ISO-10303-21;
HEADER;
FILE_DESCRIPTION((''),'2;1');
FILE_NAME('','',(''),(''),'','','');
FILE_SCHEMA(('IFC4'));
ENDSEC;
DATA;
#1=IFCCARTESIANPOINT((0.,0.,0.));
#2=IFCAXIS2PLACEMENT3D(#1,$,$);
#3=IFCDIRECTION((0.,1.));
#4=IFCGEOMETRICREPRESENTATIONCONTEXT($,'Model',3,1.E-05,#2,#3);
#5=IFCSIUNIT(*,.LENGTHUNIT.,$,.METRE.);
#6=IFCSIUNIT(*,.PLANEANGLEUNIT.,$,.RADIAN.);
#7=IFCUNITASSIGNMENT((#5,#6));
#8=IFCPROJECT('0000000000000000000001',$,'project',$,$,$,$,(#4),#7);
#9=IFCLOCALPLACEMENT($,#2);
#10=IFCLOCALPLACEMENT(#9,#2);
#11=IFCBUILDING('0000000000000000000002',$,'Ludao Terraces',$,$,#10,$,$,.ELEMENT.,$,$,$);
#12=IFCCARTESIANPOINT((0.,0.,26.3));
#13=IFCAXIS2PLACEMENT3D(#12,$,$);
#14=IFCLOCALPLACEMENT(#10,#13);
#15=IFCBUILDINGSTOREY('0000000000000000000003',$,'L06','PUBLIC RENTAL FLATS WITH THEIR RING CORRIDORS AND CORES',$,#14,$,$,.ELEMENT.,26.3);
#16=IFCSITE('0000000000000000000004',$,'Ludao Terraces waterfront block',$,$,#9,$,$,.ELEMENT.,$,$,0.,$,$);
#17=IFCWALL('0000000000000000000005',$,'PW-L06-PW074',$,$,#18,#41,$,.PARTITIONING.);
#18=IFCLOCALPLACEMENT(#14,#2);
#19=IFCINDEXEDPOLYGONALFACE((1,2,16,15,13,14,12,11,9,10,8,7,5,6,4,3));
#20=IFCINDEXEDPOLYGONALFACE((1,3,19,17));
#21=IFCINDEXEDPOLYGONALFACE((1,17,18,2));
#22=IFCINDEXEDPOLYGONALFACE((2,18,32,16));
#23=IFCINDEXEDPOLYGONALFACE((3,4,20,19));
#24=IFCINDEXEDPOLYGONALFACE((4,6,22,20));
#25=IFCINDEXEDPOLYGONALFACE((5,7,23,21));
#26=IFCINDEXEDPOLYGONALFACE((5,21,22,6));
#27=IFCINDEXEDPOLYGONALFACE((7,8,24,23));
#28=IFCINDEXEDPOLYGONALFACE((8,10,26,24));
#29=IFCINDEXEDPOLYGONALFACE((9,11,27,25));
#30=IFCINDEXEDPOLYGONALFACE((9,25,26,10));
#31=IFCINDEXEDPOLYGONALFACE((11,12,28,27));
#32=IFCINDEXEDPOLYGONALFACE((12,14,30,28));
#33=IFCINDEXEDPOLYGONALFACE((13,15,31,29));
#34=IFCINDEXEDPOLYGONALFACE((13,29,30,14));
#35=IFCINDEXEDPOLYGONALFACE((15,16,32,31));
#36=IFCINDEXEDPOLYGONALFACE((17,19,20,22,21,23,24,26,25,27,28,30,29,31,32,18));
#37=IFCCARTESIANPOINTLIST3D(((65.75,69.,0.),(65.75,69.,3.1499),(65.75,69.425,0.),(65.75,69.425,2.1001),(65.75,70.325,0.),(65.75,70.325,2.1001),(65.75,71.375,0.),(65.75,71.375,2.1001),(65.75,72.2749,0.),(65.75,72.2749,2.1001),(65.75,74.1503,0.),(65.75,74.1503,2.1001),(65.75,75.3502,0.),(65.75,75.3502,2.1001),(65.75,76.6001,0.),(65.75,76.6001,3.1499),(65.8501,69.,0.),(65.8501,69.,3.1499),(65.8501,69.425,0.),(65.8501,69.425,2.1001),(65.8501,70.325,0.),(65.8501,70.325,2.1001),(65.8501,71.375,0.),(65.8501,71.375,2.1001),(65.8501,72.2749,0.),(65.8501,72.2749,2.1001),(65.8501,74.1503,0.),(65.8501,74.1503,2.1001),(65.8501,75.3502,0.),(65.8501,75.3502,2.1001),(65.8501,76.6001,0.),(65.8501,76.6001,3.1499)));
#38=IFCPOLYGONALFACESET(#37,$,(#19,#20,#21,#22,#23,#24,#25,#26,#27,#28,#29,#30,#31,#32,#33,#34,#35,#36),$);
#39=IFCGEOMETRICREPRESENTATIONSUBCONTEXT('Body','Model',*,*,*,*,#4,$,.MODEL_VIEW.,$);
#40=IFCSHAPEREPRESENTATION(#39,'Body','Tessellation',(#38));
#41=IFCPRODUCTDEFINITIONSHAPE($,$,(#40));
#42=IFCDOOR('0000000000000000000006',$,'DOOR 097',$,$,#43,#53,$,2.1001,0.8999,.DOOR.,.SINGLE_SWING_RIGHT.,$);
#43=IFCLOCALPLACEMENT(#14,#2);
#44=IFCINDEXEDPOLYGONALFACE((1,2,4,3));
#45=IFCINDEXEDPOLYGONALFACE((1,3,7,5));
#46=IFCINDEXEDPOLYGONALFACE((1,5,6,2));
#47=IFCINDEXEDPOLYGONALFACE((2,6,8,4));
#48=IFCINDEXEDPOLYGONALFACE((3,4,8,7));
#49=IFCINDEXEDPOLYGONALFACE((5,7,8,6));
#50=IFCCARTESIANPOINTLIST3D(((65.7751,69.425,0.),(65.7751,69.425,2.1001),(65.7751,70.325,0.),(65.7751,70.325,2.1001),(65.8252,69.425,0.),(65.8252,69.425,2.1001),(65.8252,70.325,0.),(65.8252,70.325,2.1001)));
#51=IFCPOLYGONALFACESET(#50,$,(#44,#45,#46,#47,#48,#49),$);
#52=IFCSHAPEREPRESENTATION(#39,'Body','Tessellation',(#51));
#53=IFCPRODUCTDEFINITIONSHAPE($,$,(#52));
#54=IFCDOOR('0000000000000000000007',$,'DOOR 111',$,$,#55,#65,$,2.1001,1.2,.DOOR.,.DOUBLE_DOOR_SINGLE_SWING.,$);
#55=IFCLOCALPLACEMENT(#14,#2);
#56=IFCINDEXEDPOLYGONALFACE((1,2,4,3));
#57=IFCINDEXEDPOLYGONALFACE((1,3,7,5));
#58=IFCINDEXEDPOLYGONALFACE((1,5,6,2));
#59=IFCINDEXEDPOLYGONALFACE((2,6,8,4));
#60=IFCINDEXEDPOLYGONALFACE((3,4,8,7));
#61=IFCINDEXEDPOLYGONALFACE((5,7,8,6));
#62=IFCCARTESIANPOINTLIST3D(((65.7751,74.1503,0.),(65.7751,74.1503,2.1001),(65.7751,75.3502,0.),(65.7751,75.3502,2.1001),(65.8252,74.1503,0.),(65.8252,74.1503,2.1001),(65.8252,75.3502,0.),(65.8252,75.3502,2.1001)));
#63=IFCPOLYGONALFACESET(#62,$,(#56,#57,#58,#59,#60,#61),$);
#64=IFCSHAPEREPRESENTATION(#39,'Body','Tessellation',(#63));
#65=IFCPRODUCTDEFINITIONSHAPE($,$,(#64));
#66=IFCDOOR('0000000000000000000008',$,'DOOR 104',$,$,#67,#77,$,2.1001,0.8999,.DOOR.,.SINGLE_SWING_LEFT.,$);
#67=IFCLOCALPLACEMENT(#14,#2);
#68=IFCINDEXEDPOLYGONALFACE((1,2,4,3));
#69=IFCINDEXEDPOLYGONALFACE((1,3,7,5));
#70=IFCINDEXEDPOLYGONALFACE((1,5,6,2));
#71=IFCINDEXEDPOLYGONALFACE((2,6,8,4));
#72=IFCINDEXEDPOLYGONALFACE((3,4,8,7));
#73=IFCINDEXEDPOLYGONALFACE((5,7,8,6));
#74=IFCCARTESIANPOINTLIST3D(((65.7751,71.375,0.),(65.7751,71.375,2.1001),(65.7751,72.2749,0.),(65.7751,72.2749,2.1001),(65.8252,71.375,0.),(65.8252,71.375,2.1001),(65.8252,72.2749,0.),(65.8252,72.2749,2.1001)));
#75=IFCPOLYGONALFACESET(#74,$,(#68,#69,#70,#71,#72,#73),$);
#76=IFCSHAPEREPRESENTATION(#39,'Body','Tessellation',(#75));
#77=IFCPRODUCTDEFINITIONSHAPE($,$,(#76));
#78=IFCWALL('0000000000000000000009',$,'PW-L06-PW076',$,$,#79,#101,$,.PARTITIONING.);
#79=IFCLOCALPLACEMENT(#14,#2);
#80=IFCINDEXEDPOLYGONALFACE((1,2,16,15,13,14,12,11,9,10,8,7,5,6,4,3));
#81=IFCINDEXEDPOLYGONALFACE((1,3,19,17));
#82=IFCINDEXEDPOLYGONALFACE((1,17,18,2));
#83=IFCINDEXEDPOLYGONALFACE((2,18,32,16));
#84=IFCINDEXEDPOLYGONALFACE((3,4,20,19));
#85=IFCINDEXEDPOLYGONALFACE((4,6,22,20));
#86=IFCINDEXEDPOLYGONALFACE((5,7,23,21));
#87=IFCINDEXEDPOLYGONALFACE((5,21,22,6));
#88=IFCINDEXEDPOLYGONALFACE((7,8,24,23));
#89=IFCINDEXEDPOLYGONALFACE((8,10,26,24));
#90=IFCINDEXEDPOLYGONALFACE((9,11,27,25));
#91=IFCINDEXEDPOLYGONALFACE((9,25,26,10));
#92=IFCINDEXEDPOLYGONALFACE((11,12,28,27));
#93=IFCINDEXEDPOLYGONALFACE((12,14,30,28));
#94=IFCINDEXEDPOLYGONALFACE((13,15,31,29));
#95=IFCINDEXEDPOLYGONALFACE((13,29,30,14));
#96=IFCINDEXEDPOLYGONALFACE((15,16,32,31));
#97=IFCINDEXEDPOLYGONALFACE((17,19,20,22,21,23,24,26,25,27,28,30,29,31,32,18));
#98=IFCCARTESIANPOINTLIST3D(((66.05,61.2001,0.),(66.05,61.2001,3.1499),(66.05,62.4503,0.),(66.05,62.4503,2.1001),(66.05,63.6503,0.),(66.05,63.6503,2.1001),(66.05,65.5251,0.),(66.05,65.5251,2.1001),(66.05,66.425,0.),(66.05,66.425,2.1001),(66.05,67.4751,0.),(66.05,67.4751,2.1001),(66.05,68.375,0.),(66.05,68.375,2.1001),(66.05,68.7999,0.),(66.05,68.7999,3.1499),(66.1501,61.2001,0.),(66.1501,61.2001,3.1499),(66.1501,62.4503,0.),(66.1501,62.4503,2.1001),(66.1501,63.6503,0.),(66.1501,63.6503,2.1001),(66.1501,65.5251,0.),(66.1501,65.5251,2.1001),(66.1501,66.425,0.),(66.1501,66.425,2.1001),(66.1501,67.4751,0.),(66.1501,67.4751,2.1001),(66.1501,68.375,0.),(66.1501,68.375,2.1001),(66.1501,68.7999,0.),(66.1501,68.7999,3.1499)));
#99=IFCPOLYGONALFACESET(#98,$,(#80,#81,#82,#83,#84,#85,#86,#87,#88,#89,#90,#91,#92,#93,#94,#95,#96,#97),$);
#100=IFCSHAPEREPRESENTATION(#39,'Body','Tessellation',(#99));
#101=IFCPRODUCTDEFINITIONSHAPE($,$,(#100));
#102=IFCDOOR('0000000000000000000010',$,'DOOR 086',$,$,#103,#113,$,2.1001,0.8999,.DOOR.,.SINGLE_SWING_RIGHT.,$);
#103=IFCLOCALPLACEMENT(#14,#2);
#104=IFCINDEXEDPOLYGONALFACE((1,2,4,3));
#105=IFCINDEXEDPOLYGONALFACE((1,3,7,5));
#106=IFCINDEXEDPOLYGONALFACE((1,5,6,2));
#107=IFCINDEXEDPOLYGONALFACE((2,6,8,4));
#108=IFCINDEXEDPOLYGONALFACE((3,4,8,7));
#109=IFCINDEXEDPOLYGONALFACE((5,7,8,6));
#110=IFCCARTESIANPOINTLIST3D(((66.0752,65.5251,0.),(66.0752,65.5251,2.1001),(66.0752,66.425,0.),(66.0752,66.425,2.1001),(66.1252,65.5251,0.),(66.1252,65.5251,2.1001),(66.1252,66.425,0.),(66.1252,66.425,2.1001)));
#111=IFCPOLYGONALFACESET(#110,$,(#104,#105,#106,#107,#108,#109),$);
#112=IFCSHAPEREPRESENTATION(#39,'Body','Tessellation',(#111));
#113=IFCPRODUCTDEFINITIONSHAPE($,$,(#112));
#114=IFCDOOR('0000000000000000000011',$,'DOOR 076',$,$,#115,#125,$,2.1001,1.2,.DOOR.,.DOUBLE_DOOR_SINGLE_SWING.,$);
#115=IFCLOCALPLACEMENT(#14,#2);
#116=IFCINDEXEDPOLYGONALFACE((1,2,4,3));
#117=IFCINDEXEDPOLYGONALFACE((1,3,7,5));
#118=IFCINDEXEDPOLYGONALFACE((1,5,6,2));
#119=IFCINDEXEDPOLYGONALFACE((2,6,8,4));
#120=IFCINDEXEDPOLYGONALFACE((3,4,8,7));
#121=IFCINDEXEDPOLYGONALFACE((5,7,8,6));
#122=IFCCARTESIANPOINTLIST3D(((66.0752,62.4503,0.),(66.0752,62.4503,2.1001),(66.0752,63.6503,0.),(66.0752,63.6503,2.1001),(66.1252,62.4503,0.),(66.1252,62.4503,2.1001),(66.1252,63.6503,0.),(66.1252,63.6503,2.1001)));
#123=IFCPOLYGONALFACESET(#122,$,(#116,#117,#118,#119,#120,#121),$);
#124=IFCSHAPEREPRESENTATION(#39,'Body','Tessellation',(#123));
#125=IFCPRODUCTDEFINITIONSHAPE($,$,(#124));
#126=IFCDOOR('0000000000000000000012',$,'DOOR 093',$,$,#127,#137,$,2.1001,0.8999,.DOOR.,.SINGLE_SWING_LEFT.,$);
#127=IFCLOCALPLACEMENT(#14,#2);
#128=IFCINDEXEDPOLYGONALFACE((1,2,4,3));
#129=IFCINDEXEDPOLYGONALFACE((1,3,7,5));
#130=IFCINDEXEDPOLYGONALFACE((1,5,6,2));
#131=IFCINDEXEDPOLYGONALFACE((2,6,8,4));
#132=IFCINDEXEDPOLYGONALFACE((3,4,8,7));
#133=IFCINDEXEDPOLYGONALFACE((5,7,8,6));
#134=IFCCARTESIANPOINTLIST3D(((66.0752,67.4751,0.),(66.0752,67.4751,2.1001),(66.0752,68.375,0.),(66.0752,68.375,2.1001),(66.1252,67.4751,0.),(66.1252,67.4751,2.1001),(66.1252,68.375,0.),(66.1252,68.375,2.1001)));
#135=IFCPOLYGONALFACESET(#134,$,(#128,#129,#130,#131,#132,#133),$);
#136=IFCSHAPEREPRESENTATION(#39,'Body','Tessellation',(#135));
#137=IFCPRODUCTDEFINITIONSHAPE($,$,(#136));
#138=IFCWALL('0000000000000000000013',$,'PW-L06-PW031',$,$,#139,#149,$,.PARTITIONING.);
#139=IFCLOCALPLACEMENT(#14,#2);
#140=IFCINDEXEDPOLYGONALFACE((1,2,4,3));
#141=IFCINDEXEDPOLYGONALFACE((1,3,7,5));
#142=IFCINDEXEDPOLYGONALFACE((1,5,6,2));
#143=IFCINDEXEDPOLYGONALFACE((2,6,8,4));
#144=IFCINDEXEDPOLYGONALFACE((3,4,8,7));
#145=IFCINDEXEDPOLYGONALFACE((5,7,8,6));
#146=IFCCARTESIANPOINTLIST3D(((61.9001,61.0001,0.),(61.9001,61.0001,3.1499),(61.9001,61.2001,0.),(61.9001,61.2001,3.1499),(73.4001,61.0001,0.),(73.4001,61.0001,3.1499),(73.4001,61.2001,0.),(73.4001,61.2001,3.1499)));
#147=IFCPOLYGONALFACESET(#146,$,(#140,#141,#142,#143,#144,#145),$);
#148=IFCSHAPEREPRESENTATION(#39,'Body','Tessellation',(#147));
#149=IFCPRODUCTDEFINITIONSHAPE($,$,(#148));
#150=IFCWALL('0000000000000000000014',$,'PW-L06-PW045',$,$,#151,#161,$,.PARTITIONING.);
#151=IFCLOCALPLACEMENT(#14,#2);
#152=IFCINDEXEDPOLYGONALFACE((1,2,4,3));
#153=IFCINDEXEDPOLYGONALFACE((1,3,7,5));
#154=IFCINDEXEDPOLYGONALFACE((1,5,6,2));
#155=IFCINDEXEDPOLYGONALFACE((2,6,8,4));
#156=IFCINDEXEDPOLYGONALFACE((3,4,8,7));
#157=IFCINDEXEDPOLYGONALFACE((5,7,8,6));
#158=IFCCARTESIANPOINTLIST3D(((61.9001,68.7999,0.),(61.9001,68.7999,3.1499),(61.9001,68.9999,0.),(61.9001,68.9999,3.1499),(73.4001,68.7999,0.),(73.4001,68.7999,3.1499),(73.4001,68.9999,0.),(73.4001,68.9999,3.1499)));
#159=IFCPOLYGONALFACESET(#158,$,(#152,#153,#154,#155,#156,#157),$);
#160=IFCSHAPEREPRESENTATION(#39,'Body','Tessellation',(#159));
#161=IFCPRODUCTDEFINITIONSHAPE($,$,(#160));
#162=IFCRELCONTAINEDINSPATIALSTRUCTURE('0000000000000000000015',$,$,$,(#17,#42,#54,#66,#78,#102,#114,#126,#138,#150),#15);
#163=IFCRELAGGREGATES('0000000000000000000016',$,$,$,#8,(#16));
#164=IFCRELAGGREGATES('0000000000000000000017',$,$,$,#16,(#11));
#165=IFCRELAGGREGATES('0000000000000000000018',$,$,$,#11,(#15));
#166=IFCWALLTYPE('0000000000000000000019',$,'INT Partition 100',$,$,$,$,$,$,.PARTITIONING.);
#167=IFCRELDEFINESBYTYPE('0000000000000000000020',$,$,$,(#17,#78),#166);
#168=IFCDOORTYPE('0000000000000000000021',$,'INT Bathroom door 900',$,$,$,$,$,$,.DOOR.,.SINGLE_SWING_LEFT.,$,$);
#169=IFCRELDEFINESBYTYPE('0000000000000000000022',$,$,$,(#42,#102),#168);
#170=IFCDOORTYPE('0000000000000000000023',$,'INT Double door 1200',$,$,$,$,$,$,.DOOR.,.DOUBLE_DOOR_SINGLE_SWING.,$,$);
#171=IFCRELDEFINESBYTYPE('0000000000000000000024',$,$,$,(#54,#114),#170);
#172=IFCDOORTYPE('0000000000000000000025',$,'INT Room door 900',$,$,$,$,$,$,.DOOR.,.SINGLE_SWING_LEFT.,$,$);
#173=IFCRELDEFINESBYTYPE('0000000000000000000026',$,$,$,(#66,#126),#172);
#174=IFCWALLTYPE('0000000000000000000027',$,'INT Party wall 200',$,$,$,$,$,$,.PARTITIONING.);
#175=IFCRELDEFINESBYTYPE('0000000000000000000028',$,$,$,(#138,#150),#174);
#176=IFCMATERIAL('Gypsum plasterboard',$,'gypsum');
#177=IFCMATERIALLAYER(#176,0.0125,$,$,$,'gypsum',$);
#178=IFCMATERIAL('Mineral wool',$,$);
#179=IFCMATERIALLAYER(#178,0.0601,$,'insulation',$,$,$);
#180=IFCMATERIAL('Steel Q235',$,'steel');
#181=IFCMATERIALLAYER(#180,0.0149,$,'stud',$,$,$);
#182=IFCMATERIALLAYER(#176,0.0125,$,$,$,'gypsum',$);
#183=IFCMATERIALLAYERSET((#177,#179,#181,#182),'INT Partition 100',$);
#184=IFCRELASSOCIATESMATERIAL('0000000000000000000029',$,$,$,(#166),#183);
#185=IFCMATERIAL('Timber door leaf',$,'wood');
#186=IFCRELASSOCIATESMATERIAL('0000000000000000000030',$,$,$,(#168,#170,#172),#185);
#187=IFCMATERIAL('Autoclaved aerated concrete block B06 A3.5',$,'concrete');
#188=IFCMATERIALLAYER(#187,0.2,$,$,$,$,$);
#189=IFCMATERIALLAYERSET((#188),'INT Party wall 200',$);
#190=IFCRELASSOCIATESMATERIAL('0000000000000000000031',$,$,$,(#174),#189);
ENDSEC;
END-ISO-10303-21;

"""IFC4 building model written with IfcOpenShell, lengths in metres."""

from ifc_helpers import new_model, si_unit, direction, frame, frame_2d, origin, place, context, subcontext, project, spatial, rectangle, extrude, material, layer, layer_set, type_object, element, fill, save


model = new_model("IFC4")

# Units and contexts
model_context = context("Model", 3, precision=1e-05, world=origin(), true_north=direction((0.0, 1.0)))
body_context = subcontext(model_context, "Body", "Model", "MODEL_VIEW")
ifc_project = project(units=[si_unit("LENGTHUNIT", "METRE"), si_unit("PLANEANGLEUNIT", "RADIAN")], contexts=[model_context])

# Site, building, storey
site_placement = place(None, origin())
site = spatial("IfcSite", under=ifc_project, at=site_placement, Name="Ludao Terraces waterfront block", CompositionType="ELEMENT", RefElevation=0.0)
building_placement = place(site_placement, origin())
building = spatial("IfcBuilding", under=site, at=building_placement, Name="Ludao Terraces", CompositionType="ELEMENT")
storey_placement = place(building_placement, frame((0.0, 0.0, 26.3)))
storey = spatial("IfcBuildingStorey", under=building, at=storey_placement, Name="L06", Description="PUBLIC RENTAL FLATS WITH THEIR RING CORRIDORS AND CORES", CompositionType="ELEMENT", Elevation=26.3)

# Shared definitions
ifc_material_1 = material(Name="Mineral wool")

# Shared definitions
ifc_material_2 = material(Name="Gypsum plasterboard", Category="gypsum")
ifc_layer_1 = layer(ifc_material_2, 0.0125, Category="gypsum")
ifc_layer_2 = layer(ifc_material_1, 0.0601, Name="insulation")
ifc_material_3 = material(Name="Steel Q235", Category="steel")
ifc_layer_3 = layer(ifc_material_3, 0.0149, Name="stud")
ifc_layer_4 = layer(ifc_material_2, 0.0125, Category="gypsum")
ifc_layer_set_1 = layer_set([ifc_layer_1, ifc_layer_2, ifc_layer_3, ifc_layer_4], Name="INT Partition 100")
wall_type_1 = type_object("IfcWallType", Name="INT Partition 100", PredefinedType="PARTITIONING", material=ifc_layer_set_1)

# Walls, openings, doors
wall_1_placement = place(storey_placement, frame((65.8, 69.0, 0.0), z_axis=(0.0, 0.0, 1.0), x_axis=(0.0, 1.0, 0.0)))
wall_1 = element("IfcWall", 1, at=wall_1_placement, inside=storey, type_object=wall_type_1, Name="PW-L06-PW074", PredefinedType="PARTITIONING", context=body_context, shape_type="SweptSolid", body=[
    extrude(rectangle(XDim=7.6001, YDim=0.1001, at=frame_2d((3.8, 0.0))), origin(), (0.0, 0.0, 1.0), 3.1499),
])
opening_1_placement = place(wall_1_placement, frame((0.425, 0.0, 0.0)))
opening_1 = element("IfcOpeningElement", 2, at=opening_1_placement, cuts=wall_1, PredefinedType="OPENING", context=body_context, shape_type="SweptSolid", body=[
    extrude(rectangle(XDim=0.8999, YDim=2.1001, at=frame_2d((0.45, 1.05))), frame((0.0, 0.0601, 0.0), z_axis=(0.0, -1.0, 0.0), x_axis=(1.0, 0.0, 0.0)), (0.0, 0.0, 1.0), 0.1201),
])
opening_2_placement = place(wall_1_placement, frame((2.375, 0.0, 0.0)))
opening_2 = element("IfcOpeningElement", 3, at=opening_2_placement, cuts=wall_1, PredefinedType="OPENING", context=body_context, shape_type="SweptSolid", body=[
    extrude(rectangle(XDim=0.8999, YDim=2.1001, at=frame_2d((0.45, 1.05))), frame((0.0, 0.0601, 0.0), z_axis=(0.0, -1.0, 0.0), x_axis=(1.0, 0.0, 0.0)), (0.0, 0.0, 1.0), 0.1201),
])
opening_3_placement = place(wall_1_placement, frame((5.1501, 0.0, 0.0)))
opening_3 = element("IfcOpeningElement", 4, at=opening_3_placement, cuts=wall_1, PredefinedType="OPENING", context=body_context, shape_type="SweptSolid", body=[
    extrude(rectangle(XDim=1.2, YDim=2.1001, at=frame_2d((0.6001, 1.05))), frame((0.0, 0.0601, 0.0), z_axis=(0.0, -1.0, 0.0), x_axis=(1.0, 0.0, 0.0)), (0.0, 0.0, 1.0), 0.1201),
])
ifc_material_4 = material(Name="Timber door leaf", Category="wood")
door_type_1 = type_object("IfcDoorType", Name="INT Bathroom door 900", OperationType="SINGLE_SWING_LEFT", PredefinedType="DOOR", material=ifc_material_4)
door_1_placement = place(opening_1_placement, origin())
door_1 = element("IfcDoor", 5, at=door_1_placement, inside=storey, type_object=door_type_1, Name="DOOR 097", OperationType="SINGLE_SWING_RIGHT", OverallHeight=2.1001, OverallWidth=0.8999, PredefinedType="DOOR", context=body_context, shape_type="SweptSolid", body=[
    extrude(rectangle(XDim=0.8999, YDim=2.1001, at=frame_2d((0.45, 1.05))), frame((0.0, 0.0249, 0.0), z_axis=(0.0, -1.0, 0.0), x_axis=(1.0, 0.0, 0.0)), (0.0, 0.0, 1.0), 0.05),
])
fill(opening_1, door_1)
door_type_2 = type_object("IfcDoorType", Name="INT Double door 1200", OperationType="DOUBLE_DOOR_SINGLE_SWING", PredefinedType="DOOR", material=ifc_material_4)
door_2_placement = place(opening_3_placement, origin())
door_2 = element("IfcDoor", 6, at=door_2_placement, inside=storey, type_object=door_type_2, Name="DOOR 111", OperationType="DOUBLE_DOOR_SINGLE_SWING", OverallHeight=2.1001, OverallWidth=1.2, PredefinedType="DOOR", context=body_context, shape_type="SweptSolid", body=[
    extrude(rectangle(XDim=1.2, YDim=2.1001, at=frame_2d((0.6001, 1.05))), frame((0.0, 0.0249, 0.0), z_axis=(0.0, -1.0, 0.0), x_axis=(1.0, 0.0, 0.0)), (0.0, 0.0, 1.0), 0.05),
])
fill(opening_3, door_2)
door_type_3 = type_object("IfcDoorType", Name="INT Room door 900", OperationType="SINGLE_SWING_LEFT", PredefinedType="DOOR", material=ifc_material_4)
door_3_placement = place(opening_2_placement, origin())
door_3 = element("IfcDoor", 7, at=door_3_placement, inside=storey, type_object=door_type_3, Name="DOOR 104", OperationType="SINGLE_SWING_LEFT", OverallHeight=2.1001, OverallWidth=0.8999, PredefinedType="DOOR", context=body_context, shape_type="SweptSolid", body=[
    extrude(rectangle(XDim=0.8999, YDim=2.1001, at=frame_2d((0.45, 1.05))), frame((0.0, 0.0249, 0.0), z_axis=(0.0, -1.0, 0.0), x_axis=(1.0, 0.0, 0.0)), (0.0, 0.0, 1.0), 0.05),
])
fill(opening_2, door_3)
wall_2_placement = place(storey_placement, frame((66.1001, 61.2002, 0.0), z_axis=(0.0, 0.0, 1.0), x_axis=(0.0, 1.0, 0.0)))
wall_2 = element("IfcWall", 8, at=wall_2_placement, inside=storey, type_object=wall_type_1, Name="PW-L06-PW076", PredefinedType="PARTITIONING", context=body_context, shape_type="SweptSolid", body=[
    extrude(rectangle(XDim=7.5999, YDim=0.1001, at=frame_2d((3.7998, 0.0))), origin(), (0.0, 0.0, 1.0), 3.1499),
])
opening_4_placement = place(wall_2_placement, frame((1.25, 0.0, 0.0)))
opening_4 = element("IfcOpeningElement", 9, at=opening_4_placement, cuts=wall_2, PredefinedType="OPENING", context=body_context, shape_type="SweptSolid", body=[
    extrude(rectangle(XDim=1.2, YDim=2.1001, at=frame_2d((0.6001, 1.05))), frame((0.0, 0.0601, 0.0), z_axis=(0.0, -1.0, 0.0), x_axis=(1.0, 0.0, 0.0)), (0.0, 0.0, 1.0), 0.1201),
])
opening_5_placement = place(wall_2_placement, frame((4.325, 0.0, 0.0)))
opening_5 = element("IfcOpeningElement", 10, at=opening_5_placement, cuts=wall_2, PredefinedType="OPENING", context=body_context, shape_type="SweptSolid", body=[
    extrude(rectangle(XDim=0.8999, YDim=2.1001, at=frame_2d((0.45, 1.05))), frame((0.0, 0.0601, 0.0), z_axis=(0.0, -1.0, 0.0), x_axis=(1.0, 0.0, 0.0)), (0.0, 0.0, 1.0), 0.1201),
])
opening_6_placement = place(wall_2_placement, frame((6.2749, 0.0, 0.0)))
opening_6 = element("IfcOpeningElement", 11, at=opening_6_placement, cuts=wall_2, PredefinedType="OPENING", context=body_context, shape_type="SweptSolid", body=[
    extrude(rectangle(XDim=0.8999, YDim=2.1001, at=frame_2d((0.45, 1.05))), frame((0.0, 0.0601, 0.0), z_axis=(0.0, -1.0, 0.0), x_axis=(1.0, 0.0, 0.0)), (0.0, 0.0, 1.0), 0.1201),
])
door_4_placement = place(opening_5_placement, origin())
door_4 = element("IfcDoor", 12, at=door_4_placement, inside=storey, type_object=door_type_1, Name="DOOR 086", OperationType="SINGLE_SWING_RIGHT", OverallHeight=2.1001, OverallWidth=0.8999, PredefinedType="DOOR", context=body_context, shape_type="SweptSolid", body=[
    extrude(rectangle(XDim=0.8999, YDim=2.1001, at=frame_2d((0.45, 1.05))), frame((0.0, 0.0249, 0.0), z_axis=(0.0, -1.0, 0.0), x_axis=(1.0, 0.0, 0.0)), (0.0, 0.0, 1.0), 0.05),
])
fill(opening_5, door_4)
door_5_placement = place(opening_4_placement, origin())
door_5 = element("IfcDoor", 13, at=door_5_placement, inside=storey, type_object=door_type_2, Name="DOOR 076", OperationType="DOUBLE_DOOR_SINGLE_SWING", OverallHeight=2.1001, OverallWidth=1.2, PredefinedType="DOOR", context=body_context, shape_type="SweptSolid", body=[
    extrude(rectangle(XDim=1.2, YDim=2.1001, at=frame_2d((0.6001, 1.05))), frame((0.0, 0.0249, 0.0), z_axis=(0.0, -1.0, 0.0), x_axis=(1.0, 0.0, 0.0)), (0.0, 0.0, 1.0), 0.05),
])
fill(opening_4, door_5)
door_6_placement = place(opening_6_placement, origin())
door_6 = element("IfcDoor", 14, at=door_6_placement, inside=storey, type_object=door_type_3, Name="DOOR 093", OperationType="SINGLE_SWING_LEFT", OverallHeight=2.1001, OverallWidth=0.8999, PredefinedType="DOOR", context=body_context, shape_type="SweptSolid", body=[
    extrude(rectangle(XDim=0.8999, YDim=2.1001, at=frame_2d((0.45, 1.05))), frame((0.0, 0.0249, 0.0), z_axis=(0.0, -1.0, 0.0), x_axis=(1.0, 0.0, 0.0)), (0.0, 0.0, 1.0), 0.05),
])
fill(opening_6, door_6)

# Walls
ifc_material_5 = material(Name="Autoclaved aerated concrete block B06 A3.5", Category="concrete")
ifc_layer_5 = layer(ifc_material_5, 0.2)
ifc_layer_set_2 = layer_set([ifc_layer_5], Name="INT Party wall 200")
wall_type_2 = type_object("IfcWallType", Name="INT Party wall 200", PredefinedType="PARTITIONING", material=ifc_layer_set_2)
for number, where, z_axis, x_axis, name in (
    (15, (61.9001, 61.1001, 0.0), (0.0, 0.0, 1.0), (1.0, 0.0, 0.0), "PW-L06-PW031"),
    (16, (61.9001, 68.8999, 0.0), (0.0, 0.0, 1.0), (1.0, 0.0, 0.0), "PW-L06-PW045"),
):
    element("IfcWall", number, at=place(storey_placement, frame(where, z_axis=z_axis, x_axis=x_axis)), inside=storey, type_object=wall_type_2, Name=name, PredefinedType="PARTITIONING", context=body_context, shape_type="SweptSolid", body=[
        extrude(rectangle(XDim=11.5, YDim=0.2, at=frame_2d((5.75, 0.0))), origin(), (0.0, 0.0, 1.0), 3.1499),
    ])

save(model, "model.ifc")
